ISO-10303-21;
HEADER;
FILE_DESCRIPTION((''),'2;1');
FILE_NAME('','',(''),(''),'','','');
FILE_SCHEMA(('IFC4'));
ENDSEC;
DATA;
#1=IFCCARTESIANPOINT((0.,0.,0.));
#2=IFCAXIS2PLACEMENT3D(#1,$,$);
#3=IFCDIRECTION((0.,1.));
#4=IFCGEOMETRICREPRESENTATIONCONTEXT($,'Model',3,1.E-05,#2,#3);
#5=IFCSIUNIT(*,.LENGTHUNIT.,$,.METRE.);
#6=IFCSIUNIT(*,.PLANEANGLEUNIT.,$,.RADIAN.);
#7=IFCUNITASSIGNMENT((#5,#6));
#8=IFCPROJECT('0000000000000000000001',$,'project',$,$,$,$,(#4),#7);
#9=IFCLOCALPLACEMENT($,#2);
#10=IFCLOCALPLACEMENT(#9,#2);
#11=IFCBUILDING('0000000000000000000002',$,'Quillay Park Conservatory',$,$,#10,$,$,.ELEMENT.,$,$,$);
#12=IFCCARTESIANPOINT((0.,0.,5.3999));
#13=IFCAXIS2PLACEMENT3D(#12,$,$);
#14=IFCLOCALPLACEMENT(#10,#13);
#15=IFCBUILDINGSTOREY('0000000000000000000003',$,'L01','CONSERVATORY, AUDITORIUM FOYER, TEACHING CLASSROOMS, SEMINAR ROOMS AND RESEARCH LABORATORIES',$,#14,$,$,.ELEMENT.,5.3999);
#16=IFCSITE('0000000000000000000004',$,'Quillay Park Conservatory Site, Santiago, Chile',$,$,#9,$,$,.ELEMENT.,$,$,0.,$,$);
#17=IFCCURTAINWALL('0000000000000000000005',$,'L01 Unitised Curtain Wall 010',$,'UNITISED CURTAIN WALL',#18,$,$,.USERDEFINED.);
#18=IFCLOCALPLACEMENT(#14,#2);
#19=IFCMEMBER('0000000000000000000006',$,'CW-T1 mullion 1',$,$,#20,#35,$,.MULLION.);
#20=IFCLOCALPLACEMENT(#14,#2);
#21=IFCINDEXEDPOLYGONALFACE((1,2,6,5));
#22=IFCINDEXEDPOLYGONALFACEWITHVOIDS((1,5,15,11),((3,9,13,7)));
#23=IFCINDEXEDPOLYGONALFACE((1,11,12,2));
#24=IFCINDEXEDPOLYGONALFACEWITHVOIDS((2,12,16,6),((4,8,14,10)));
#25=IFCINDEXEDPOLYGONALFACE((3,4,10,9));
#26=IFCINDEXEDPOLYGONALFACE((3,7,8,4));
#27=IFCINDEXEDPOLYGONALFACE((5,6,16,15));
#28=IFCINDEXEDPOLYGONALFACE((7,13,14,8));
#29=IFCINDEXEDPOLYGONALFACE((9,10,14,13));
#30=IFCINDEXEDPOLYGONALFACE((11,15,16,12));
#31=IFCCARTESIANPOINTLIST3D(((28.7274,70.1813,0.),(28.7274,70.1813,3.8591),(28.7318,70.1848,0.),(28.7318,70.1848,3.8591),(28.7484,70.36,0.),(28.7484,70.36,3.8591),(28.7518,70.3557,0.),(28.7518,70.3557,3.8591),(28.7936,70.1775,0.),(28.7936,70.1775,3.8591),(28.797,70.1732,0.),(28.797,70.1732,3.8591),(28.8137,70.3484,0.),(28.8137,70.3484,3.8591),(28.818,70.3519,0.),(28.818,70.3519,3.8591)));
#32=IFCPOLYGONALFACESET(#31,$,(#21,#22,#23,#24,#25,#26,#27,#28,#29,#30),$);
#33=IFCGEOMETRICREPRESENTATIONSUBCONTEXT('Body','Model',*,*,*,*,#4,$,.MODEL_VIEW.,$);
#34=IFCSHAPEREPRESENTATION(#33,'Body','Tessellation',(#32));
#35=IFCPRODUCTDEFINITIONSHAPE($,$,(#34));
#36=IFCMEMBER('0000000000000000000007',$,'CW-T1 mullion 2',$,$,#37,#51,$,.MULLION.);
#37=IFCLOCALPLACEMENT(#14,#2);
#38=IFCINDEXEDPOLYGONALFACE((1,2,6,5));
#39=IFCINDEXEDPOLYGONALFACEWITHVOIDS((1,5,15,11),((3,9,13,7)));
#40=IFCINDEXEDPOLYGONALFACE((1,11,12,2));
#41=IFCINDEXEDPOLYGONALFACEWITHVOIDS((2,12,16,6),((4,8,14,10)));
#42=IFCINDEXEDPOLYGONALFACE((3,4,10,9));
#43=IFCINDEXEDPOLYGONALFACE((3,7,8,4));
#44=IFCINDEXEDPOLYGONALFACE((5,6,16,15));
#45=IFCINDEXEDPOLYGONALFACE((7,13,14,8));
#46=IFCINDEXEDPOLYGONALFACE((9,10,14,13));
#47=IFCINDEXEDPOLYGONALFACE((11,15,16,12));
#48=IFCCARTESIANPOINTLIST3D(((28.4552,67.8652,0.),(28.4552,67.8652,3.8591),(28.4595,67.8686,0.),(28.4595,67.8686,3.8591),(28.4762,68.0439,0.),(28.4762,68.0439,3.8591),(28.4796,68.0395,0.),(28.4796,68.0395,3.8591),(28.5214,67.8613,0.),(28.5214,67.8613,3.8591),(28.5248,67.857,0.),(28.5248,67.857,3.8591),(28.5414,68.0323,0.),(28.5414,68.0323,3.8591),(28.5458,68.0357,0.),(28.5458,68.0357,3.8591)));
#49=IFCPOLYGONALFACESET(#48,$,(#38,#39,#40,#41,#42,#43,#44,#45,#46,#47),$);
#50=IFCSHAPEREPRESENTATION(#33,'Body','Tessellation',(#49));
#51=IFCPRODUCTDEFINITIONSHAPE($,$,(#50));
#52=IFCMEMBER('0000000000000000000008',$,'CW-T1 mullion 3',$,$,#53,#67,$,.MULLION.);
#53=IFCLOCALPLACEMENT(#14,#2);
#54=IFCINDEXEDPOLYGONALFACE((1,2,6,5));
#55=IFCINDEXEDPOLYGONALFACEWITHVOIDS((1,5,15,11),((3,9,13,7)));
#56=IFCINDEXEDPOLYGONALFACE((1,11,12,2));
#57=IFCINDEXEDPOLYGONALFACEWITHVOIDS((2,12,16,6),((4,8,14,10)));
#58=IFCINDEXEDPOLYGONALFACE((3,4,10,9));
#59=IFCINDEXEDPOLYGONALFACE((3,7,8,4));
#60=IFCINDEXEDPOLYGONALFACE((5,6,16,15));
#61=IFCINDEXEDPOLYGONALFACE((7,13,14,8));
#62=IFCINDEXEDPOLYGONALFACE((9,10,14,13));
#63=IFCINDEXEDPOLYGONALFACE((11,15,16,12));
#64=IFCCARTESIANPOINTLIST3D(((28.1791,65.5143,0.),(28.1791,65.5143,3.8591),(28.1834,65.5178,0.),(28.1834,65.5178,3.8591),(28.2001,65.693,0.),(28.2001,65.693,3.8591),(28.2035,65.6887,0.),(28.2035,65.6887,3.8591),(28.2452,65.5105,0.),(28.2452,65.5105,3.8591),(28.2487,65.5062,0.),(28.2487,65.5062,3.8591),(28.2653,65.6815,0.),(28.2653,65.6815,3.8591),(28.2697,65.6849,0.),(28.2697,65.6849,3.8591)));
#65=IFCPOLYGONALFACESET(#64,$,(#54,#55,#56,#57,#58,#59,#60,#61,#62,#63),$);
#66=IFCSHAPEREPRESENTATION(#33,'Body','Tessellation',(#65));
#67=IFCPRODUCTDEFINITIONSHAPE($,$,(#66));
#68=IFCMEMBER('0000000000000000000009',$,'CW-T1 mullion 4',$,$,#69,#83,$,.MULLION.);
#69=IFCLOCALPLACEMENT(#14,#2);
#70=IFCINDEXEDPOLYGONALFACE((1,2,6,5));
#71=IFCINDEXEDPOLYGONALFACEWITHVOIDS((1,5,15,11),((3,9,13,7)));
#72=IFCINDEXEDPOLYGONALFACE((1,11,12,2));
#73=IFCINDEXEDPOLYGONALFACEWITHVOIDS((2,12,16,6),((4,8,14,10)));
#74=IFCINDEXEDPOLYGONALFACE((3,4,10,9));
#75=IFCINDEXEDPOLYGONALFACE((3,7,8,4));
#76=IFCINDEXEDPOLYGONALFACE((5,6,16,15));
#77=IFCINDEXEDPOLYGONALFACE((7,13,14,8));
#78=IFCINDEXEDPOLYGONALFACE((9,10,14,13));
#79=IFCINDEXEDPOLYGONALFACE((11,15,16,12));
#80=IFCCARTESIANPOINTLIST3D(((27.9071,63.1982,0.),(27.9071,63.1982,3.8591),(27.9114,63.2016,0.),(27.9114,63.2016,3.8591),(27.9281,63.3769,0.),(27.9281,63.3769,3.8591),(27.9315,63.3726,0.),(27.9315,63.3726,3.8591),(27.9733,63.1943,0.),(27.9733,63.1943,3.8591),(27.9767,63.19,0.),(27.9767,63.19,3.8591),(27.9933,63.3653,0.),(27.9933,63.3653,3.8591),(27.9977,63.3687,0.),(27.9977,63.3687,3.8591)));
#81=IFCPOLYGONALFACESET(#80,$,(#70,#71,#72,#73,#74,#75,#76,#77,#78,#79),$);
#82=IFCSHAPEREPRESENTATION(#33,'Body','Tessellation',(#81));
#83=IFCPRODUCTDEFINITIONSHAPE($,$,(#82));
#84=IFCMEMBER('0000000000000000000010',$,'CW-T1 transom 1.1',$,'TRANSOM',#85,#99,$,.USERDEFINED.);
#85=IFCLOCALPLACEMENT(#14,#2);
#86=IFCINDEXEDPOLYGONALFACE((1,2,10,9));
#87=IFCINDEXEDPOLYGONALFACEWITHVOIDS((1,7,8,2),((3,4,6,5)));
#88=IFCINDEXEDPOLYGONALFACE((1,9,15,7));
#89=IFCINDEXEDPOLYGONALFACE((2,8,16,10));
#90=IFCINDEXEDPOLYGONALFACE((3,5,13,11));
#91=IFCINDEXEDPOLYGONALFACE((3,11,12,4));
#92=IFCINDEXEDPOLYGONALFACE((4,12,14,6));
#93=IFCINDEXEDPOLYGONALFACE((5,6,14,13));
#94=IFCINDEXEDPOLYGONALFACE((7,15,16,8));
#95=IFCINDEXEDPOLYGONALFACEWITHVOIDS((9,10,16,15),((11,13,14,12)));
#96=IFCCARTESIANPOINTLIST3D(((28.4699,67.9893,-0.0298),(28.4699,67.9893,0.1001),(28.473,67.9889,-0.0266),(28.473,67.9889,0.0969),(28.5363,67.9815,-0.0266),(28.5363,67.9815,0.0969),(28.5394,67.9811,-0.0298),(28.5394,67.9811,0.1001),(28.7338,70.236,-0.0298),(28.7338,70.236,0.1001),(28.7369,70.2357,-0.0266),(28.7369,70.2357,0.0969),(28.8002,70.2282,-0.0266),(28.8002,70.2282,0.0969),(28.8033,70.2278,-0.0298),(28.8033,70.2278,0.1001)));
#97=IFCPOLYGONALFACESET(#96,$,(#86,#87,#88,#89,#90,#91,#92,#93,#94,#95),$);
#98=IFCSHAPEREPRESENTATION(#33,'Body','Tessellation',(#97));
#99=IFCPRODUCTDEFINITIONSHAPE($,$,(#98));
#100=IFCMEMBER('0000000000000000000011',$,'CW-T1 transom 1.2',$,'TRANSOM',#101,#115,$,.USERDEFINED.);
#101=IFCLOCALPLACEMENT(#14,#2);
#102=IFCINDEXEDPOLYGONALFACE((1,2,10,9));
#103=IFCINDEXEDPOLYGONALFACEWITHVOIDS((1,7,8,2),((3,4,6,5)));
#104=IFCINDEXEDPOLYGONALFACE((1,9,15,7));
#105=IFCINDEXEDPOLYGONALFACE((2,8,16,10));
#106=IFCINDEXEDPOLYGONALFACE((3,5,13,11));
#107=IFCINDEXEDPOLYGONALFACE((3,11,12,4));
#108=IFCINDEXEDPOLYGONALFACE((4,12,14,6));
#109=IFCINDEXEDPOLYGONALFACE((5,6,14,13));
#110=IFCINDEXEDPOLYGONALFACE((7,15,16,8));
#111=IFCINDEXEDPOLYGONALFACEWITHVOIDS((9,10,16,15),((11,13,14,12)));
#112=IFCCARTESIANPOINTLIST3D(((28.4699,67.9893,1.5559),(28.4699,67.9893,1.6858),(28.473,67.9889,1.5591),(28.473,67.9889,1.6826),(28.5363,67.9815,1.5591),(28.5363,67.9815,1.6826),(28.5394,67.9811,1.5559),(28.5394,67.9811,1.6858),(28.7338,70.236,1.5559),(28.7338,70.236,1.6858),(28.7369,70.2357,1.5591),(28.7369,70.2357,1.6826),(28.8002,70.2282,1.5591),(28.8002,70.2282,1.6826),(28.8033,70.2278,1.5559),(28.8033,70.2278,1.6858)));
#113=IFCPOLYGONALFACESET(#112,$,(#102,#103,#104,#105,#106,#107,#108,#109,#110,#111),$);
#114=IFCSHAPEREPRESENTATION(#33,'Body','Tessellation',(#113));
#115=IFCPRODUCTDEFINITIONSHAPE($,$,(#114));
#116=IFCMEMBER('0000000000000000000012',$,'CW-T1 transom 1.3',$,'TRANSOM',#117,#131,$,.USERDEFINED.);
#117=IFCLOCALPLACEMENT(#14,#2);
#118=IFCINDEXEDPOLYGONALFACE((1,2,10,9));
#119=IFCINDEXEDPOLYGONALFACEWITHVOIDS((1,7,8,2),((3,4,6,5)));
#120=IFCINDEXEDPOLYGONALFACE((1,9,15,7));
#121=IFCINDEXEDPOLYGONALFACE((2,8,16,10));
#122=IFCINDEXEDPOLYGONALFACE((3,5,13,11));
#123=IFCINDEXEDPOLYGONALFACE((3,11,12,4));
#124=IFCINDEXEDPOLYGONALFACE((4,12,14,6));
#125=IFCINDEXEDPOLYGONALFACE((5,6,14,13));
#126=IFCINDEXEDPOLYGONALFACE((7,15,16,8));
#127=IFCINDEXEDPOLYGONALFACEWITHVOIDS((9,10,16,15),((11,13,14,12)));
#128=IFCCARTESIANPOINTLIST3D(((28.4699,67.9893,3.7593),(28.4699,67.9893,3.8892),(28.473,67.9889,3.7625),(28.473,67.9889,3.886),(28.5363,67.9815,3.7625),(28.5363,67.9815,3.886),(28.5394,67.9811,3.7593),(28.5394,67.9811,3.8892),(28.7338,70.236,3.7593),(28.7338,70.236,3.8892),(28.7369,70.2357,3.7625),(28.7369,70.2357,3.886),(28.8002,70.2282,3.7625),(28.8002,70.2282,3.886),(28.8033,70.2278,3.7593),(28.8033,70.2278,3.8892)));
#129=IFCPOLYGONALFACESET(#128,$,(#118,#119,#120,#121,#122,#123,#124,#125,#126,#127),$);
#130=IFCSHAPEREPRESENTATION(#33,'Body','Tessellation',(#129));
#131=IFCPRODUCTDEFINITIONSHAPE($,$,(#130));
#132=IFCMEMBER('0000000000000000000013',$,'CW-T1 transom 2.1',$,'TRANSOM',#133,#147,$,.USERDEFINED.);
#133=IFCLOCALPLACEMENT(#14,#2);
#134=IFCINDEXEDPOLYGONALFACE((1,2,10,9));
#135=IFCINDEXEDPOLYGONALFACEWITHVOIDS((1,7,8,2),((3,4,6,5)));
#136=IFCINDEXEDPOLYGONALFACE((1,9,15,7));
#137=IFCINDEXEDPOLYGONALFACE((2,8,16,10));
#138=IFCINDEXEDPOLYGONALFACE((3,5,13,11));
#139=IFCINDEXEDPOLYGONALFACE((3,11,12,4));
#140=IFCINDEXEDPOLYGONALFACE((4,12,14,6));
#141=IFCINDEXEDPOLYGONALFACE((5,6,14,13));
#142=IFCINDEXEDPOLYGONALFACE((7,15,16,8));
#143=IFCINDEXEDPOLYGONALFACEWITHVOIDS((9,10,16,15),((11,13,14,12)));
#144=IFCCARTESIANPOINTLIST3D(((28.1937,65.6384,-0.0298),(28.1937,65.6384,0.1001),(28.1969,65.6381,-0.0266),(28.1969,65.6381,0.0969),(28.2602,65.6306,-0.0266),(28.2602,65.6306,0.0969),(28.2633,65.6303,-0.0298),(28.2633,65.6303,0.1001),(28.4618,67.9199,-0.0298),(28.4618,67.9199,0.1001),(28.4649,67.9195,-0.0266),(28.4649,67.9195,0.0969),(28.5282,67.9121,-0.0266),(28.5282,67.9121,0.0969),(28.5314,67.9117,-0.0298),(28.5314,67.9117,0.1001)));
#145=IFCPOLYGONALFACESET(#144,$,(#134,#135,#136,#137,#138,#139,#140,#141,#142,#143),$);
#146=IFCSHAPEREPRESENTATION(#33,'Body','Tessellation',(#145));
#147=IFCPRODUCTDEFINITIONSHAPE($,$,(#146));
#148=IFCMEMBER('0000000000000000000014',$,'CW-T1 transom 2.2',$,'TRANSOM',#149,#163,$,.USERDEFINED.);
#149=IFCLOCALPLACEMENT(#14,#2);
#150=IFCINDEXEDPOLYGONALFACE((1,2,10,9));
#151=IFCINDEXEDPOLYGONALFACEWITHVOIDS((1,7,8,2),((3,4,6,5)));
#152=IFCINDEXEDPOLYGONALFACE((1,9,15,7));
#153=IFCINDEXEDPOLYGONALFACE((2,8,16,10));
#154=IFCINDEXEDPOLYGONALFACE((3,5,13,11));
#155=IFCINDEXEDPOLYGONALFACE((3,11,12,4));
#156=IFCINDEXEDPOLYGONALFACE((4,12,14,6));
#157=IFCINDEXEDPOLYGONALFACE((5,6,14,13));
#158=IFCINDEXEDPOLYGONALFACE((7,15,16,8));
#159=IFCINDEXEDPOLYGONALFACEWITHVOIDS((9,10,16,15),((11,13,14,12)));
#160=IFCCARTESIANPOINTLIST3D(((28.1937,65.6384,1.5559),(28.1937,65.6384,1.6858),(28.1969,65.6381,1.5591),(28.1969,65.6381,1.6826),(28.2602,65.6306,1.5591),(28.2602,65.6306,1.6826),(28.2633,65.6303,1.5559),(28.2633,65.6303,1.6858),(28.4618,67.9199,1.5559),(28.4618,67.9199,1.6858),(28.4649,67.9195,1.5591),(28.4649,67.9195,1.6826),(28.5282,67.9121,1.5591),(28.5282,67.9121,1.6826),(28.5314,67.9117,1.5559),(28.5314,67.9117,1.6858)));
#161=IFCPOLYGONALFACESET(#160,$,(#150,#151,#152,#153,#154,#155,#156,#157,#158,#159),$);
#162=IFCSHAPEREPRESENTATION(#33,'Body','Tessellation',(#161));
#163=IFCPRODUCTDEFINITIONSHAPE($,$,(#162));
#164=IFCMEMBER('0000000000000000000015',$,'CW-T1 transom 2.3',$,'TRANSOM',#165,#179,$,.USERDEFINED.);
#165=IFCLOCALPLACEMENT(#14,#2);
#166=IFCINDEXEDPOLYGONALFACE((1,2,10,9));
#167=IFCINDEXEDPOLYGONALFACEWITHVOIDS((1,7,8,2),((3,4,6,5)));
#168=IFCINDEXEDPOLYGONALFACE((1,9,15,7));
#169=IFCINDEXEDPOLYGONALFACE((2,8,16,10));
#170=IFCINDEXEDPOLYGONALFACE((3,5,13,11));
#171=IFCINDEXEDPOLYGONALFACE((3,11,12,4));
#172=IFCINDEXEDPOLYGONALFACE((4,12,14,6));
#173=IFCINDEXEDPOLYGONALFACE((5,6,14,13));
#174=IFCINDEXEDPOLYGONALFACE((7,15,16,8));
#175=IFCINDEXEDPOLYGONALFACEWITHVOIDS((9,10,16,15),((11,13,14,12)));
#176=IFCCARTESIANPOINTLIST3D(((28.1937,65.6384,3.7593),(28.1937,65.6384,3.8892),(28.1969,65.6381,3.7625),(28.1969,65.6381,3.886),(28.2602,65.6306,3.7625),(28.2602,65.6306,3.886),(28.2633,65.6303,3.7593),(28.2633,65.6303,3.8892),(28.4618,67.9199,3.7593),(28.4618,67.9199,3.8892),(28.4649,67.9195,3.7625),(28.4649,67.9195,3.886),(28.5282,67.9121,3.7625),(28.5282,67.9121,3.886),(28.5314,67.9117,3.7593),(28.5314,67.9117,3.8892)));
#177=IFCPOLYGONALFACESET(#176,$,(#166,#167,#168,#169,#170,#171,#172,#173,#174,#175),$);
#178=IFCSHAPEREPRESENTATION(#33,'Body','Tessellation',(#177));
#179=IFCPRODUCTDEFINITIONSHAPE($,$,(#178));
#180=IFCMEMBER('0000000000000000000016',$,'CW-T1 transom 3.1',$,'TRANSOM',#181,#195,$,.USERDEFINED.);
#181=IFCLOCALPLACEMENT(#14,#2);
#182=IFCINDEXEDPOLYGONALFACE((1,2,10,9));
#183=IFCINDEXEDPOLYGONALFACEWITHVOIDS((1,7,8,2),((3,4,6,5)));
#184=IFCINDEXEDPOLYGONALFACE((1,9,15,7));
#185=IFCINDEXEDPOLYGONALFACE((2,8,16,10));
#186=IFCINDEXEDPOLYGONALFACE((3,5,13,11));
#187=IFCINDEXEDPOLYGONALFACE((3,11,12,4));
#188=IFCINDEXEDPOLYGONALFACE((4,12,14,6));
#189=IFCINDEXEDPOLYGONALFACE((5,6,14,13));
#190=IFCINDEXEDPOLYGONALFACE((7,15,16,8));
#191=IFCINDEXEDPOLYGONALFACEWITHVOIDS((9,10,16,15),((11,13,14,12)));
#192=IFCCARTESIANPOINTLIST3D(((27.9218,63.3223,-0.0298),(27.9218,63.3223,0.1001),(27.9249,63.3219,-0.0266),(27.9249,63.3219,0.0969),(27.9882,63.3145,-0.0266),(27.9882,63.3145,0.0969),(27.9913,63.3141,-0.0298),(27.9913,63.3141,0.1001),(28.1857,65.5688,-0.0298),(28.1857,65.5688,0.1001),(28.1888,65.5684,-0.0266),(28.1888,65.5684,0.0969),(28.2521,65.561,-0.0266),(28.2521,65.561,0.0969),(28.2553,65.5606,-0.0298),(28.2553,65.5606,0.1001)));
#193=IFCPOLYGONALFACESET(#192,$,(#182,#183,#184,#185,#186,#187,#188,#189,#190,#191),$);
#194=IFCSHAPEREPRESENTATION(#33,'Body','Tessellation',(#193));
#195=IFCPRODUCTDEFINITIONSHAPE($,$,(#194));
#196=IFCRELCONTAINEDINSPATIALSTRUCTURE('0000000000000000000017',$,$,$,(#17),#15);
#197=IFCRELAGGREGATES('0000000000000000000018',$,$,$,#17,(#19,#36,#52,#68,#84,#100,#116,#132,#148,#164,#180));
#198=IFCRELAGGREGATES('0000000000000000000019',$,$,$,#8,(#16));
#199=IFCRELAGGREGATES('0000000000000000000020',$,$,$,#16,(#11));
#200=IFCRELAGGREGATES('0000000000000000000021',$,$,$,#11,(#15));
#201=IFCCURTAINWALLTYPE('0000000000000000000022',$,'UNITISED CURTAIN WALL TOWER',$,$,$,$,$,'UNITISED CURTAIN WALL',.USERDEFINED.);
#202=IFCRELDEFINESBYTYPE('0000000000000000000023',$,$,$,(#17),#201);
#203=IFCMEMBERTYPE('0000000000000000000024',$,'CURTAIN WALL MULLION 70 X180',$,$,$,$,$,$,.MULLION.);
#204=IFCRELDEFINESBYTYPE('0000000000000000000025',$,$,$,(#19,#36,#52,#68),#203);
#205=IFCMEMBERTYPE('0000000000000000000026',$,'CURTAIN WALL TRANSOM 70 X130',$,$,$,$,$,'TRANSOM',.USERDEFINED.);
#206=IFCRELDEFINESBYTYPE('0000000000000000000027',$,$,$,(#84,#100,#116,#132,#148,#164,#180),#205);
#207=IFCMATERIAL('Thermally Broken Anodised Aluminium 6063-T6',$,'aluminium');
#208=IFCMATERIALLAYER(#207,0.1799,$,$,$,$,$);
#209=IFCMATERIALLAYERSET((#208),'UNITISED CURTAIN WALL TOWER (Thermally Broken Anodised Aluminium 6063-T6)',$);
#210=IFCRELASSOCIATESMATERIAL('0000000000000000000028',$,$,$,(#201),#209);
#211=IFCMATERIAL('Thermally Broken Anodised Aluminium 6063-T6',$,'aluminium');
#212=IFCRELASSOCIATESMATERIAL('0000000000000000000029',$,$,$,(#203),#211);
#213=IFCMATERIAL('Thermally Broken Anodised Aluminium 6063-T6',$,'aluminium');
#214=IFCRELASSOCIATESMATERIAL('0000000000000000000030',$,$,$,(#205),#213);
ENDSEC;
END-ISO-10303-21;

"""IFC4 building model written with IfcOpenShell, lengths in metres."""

from ifc_helpers import new_model, si_unit, direction, frame, origin, origin_2d, place, context, subcontext, project, spatial, hollow_rectangle, extrude, material, layer, layer_set, material_profile, profile_set, type_object, element, aggregate, save


model = new_model("IFC4")

# Units and contexts
model_context = context("Model", 3, precision=1e-05, world=origin(), true_north=direction((0.0, 1.0)))
body_context = subcontext(model_context, "Body", "Model", "MODEL_VIEW")
ifc_project = project(units=[si_unit("LENGTHUNIT", "METRE"), si_unit("PLANEANGLEUNIT", "RADIAN")], contexts=[model_context])

# Site, building, storey
site_placement = place(None, origin())
site = spatial("IfcSite", under=ifc_project, at=site_placement, Name="Quillay Park Conservatory Site, Santiago, Chile", CompositionType="ELEMENT", RefElevation=0.0)
building_placement = place(site_placement, origin())
building = spatial("IfcBuilding", under=site, at=building_placement, Name="Quillay Park Conservatory", CompositionType="ELEMENT")
storey_placement = place(building_placement, frame((0.0, 0.0, 5.3999)))
storey = spatial("IfcBuildingStorey", under=building, at=storey_placement, Name="L01", Description="CONSERVATORY, AUDITORIUM FOYER, TEACHING CLASSROOMS, SEMINAR ROOMS AND RESEARCH LABORATORIES", CompositionType="ELEMENT", Elevation=5.3999)

# Curtain wall, members
ifc_material_1 = material(Name="Thermally Broken Anodised Aluminium 6063-T6", Category="aluminium")
ifc_layer_1 = layer(ifc_material_1, 0.1799)
ifc_layer_set_1 = layer_set([ifc_layer_1], Name="UNITISED CURTAIN WALL TOWER (Thermally Broken Anodised Aluminium 6063-T6)")
curtain_wall_type = type_object("IfcCurtainWallType", Name="UNITISED CURTAIN WALL TOWER", ElementType="UNITISED CURTAIN WALL", PredefinedType="USERDEFINED", material=ifc_layer_set_1)
curtain_wall_placement = place(storey_placement, origin())
curtain_wall = element("IfcCurtainWall", 1, at=curtain_wall_placement, inside=storey, type_object=curtain_wall_type, Name="L01 Unitised Curtain Wall 010", ObjectType="UNITISED CURTAIN WALL", PredefinedType="USERDEFINED")
ifc_material_2 = material(Name="Thermally Broken Anodised Aluminium 6063-T6", Category="aluminium")
ifc_material_profile_1 = material_profile(ifc_material_2, hollow_rectangle(XDim=0.0701, YDim=0.1799, WallThickness=0.0039, at=origin_2d()), Name="AL70x180x4")
ifc_profile_set_1 = profile_set([ifc_material_profile_1], Name="Thermally Broken Anodised Aluminium 6063-T6")
member_type_1 = type_object("IfcMemberType", Name="CURTAIN WALL MULLION 70 X180", PredefinedType="MULLION", material=ifc_profile_set_1)
member_1_placement = place(storey_placement, frame((28.7727, 70.2666, 0.0), z_axis=(0.0, 0.0, 1.0), x_axis=(0.993173, -0.116655, 0.0)))
member_1 = element("IfcMember", 2, at=member_1_placement, type_object=member_type_1, Name="CW-T1 mullion 1", PredefinedType="MULLION", context=body_context, shape_type="SweptSolid", body=[
    extrude(hollow_rectangle(XDim=0.0701, YDim=0.1799, WallThickness=0.0039, at=origin_2d()), origin(), (0.0, 0.0, 1.0), 3.8591),
])
member_2_placement = place(storey_placement, frame((28.5005, 67.9504, 0.0), z_axis=(0.0, 0.0, 1.0), x_axis=(0.993173, -0.116655, 0.0)))
member_2 = element("IfcMember", 3, at=member_2_placement, type_object=member_type_1, Name="CW-T1 mullion 2", PredefinedType="MULLION", context=body_context, shape_type="SweptSolid", body=[
    extrude(hollow_rectangle(XDim=0.0701, YDim=0.1799, WallThickness=0.0039, at=origin_2d()), origin(), (0.0, 0.0, 1.0), 3.8591),
])
member_3_placement = place(storey_placement, frame((28.2244, 65.5996, 0.0), z_axis=(0.0, 0.0, 1.0), x_axis=(0.993173, -0.116655, 0.0)))
member_3 = element("IfcMember", 4, at=member_3_placement, type_object=member_type_1, Name="CW-T1 mullion 3", PredefinedType="MULLION", context=body_context, shape_type="SweptSolid", body=[
    extrude(hollow_rectangle(XDim=0.0701, YDim=0.1799, WallThickness=0.0039, at=origin_2d()), origin(), (0.0, 0.0, 1.0), 3.8591),
])
member_4_placement = place(storey_placement, frame((27.9524, 63.2834, 0.0), z_axis=(0.0, 0.0, 1.0), x_axis=(0.993173, -0.116655, 0.0)))
member_4 = element("IfcMember", 5, at=member_4_placement, type_object=member_type_1, Name="CW-T1 mullion 4", PredefinedType="MULLION", context=body_context, shape_type="SweptSolid", body=[
    extrude(hollow_rectangle(XDim=0.0701, YDim=0.1799, WallThickness=0.0039, at=origin_2d()), origin(), (0.0, 0.0, 1.0), 3.8591),
])
ifc_material_3 = material(Name="Thermally Broken Anodised Aluminium 6063-T6", Category="aluminium")
ifc_material_profile_2 = material_profile(ifc_material_3, hollow_rectangle(XDim=0.0701, YDim=0.1299, WallThickness=0.0032, at=origin_2d()), Name="AL70x130x3.2")
ifc_profile_set_2 = profile_set([ifc_material_profile_2], Name="Thermally Broken Anodised Aluminium 6063-T6")
member_type_2 = type_object("IfcMemberType", Name="CURTAIN WALL TRANSOM 70 X130", ElementType="TRANSOM", PredefinedType="USERDEFINED", material=ifc_profile_set_2)
member_5_placement = place(storey_placement, frame((28.7686, 70.2319, 0.0352), z_axis=(-0.11666, -0.993172, 0.0), x_axis=(0.993172, -0.11666, 0.0)))
member_5 = element("IfcMember", 6, at=member_5_placement, type_object=member_type_2, Name="CW-T1 transom 1.1", ObjectType="TRANSOM", PredefinedType="USERDEFINED", context=body_context, shape_type="SweptSolid", body=[
    extrude(hollow_rectangle(XDim=0.0701, YDim=0.1299, WallThickness=0.0032, at=origin_2d()), origin(), (0.0, 0.0, 1.0), 2.2622),
])
member_6_placement = place(storey_placement, frame((28.7686, 70.2319, 1.6208), z_axis=(-0.11666, -0.993172, 0.0), x_axis=(0.993172, -0.11666, 0.0)))
member_6 = element("IfcMember", 7, at=member_6_placement, type_object=member_type_2, Name="CW-T1 transom 1.2", ObjectType="TRANSOM", PredefinedType="USERDEFINED", context=body_context, shape_type="SweptSolid", body=[
    extrude(hollow_rectangle(XDim=0.0701, YDim=0.1299, WallThickness=0.0032, at=origin_2d()), origin(), (0.0, 0.0, 1.0), 2.2622),
])
member_7_placement = place(storey_placement, frame((28.7686, 70.2319, 3.8242), z_axis=(-0.11666, -0.993172, 0.0), x_axis=(0.993172, -0.11666, 0.0)))
member_7 = element("IfcMember", 8, at=member_7_placement, type_object=member_type_2, Name="CW-T1 transom 1.3", ObjectType="TRANSOM", PredefinedType="USERDEFINED", context=body_context, shape_type="SweptSolid", body=[
    extrude(hollow_rectangle(XDim=0.0701, YDim=0.1299, WallThickness=0.0032, at=origin_2d()), origin(), (0.0, 0.0, 1.0), 2.2622),
])
member_8_placement = place(storey_placement, frame((28.4966, 67.9158, 0.0352), z_axis=(-0.116693, -0.993168, 0.0), x_axis=(0.993168, -0.116693, 0.0)))
member_8 = element("IfcMember", 9, at=member_8_placement, type_object=member_type_2, Name="CW-T1 transom 2.1", ObjectType="TRANSOM", PredefinedType="USERDEFINED", context=body_context, shape_type="SweptSolid", body=[
    extrude(hollow_rectangle(XDim=0.0701, YDim=0.1299, WallThickness=0.0032, at=origin_2d()), origin(), (0.0, 0.0, 1.0), 2.2971),
])
member_9_placement = place(storey_placement, frame((28.4966, 67.9158, 1.6208), z_axis=(-0.116693, -0.993168, 0.0), x_axis=(0.993168, -0.116693, 0.0)))
member_9 = element("IfcMember", 10, at=member_9_placement, type_object=member_type_2, Name="CW-T1 transom 2.2", ObjectType="TRANSOM", PredefinedType="USERDEFINED", context=body_context, shape_type="SweptSolid", body=[
    extrude(hollow_rectangle(XDim=0.0701, YDim=0.1299, WallThickness=0.0032, at=origin_2d()), origin(), (0.0, 0.0, 1.0), 2.2971),
])
member_10_placement = place(storey_placement, frame((28.4966, 67.9158, 3.8242), z_axis=(-0.116693, -0.993168, 0.0), x_axis=(0.993168, -0.116693, 0.0)))
member_10 = element("IfcMember", 11, at=member_10_placement, type_object=member_type_2, Name="CW-T1 transom 2.3", ObjectType="TRANSOM", PredefinedType="USERDEFINED", context=body_context, shape_type="SweptSolid", body=[
    extrude(hollow_rectangle(XDim=0.0701, YDim=0.1299, WallThickness=0.0032, at=origin_2d()), origin(), (0.0, 0.0, 1.0), 2.2971),
])
member_11_placement = place(storey_placement, frame((28.2205, 65.5647, 0.0352), z_axis=(-0.116672, -0.99317, 0.0), x_axis=(0.99317, -0.116672, 0.0)))
member_11 = element("IfcMember", 12, at=member_11_placement, type_object=member_type_2, Name="CW-T1 transom 3.1", ObjectType="TRANSOM", PredefinedType="USERDEFINED", context=body_context, shape_type="SweptSolid", body=[
    extrude(hollow_rectangle(XDim=0.0701, YDim=0.1299, WallThickness=0.0032, at=origin_2d()), origin(), (0.0, 0.0, 1.0), 2.262),
])

aggregate(curtain_wall, [member_1, member_2, member_3, member_4, member_5, member_6, member_7, member_8, member_9, member_10, member_11])

save(model, "model.ifc")
